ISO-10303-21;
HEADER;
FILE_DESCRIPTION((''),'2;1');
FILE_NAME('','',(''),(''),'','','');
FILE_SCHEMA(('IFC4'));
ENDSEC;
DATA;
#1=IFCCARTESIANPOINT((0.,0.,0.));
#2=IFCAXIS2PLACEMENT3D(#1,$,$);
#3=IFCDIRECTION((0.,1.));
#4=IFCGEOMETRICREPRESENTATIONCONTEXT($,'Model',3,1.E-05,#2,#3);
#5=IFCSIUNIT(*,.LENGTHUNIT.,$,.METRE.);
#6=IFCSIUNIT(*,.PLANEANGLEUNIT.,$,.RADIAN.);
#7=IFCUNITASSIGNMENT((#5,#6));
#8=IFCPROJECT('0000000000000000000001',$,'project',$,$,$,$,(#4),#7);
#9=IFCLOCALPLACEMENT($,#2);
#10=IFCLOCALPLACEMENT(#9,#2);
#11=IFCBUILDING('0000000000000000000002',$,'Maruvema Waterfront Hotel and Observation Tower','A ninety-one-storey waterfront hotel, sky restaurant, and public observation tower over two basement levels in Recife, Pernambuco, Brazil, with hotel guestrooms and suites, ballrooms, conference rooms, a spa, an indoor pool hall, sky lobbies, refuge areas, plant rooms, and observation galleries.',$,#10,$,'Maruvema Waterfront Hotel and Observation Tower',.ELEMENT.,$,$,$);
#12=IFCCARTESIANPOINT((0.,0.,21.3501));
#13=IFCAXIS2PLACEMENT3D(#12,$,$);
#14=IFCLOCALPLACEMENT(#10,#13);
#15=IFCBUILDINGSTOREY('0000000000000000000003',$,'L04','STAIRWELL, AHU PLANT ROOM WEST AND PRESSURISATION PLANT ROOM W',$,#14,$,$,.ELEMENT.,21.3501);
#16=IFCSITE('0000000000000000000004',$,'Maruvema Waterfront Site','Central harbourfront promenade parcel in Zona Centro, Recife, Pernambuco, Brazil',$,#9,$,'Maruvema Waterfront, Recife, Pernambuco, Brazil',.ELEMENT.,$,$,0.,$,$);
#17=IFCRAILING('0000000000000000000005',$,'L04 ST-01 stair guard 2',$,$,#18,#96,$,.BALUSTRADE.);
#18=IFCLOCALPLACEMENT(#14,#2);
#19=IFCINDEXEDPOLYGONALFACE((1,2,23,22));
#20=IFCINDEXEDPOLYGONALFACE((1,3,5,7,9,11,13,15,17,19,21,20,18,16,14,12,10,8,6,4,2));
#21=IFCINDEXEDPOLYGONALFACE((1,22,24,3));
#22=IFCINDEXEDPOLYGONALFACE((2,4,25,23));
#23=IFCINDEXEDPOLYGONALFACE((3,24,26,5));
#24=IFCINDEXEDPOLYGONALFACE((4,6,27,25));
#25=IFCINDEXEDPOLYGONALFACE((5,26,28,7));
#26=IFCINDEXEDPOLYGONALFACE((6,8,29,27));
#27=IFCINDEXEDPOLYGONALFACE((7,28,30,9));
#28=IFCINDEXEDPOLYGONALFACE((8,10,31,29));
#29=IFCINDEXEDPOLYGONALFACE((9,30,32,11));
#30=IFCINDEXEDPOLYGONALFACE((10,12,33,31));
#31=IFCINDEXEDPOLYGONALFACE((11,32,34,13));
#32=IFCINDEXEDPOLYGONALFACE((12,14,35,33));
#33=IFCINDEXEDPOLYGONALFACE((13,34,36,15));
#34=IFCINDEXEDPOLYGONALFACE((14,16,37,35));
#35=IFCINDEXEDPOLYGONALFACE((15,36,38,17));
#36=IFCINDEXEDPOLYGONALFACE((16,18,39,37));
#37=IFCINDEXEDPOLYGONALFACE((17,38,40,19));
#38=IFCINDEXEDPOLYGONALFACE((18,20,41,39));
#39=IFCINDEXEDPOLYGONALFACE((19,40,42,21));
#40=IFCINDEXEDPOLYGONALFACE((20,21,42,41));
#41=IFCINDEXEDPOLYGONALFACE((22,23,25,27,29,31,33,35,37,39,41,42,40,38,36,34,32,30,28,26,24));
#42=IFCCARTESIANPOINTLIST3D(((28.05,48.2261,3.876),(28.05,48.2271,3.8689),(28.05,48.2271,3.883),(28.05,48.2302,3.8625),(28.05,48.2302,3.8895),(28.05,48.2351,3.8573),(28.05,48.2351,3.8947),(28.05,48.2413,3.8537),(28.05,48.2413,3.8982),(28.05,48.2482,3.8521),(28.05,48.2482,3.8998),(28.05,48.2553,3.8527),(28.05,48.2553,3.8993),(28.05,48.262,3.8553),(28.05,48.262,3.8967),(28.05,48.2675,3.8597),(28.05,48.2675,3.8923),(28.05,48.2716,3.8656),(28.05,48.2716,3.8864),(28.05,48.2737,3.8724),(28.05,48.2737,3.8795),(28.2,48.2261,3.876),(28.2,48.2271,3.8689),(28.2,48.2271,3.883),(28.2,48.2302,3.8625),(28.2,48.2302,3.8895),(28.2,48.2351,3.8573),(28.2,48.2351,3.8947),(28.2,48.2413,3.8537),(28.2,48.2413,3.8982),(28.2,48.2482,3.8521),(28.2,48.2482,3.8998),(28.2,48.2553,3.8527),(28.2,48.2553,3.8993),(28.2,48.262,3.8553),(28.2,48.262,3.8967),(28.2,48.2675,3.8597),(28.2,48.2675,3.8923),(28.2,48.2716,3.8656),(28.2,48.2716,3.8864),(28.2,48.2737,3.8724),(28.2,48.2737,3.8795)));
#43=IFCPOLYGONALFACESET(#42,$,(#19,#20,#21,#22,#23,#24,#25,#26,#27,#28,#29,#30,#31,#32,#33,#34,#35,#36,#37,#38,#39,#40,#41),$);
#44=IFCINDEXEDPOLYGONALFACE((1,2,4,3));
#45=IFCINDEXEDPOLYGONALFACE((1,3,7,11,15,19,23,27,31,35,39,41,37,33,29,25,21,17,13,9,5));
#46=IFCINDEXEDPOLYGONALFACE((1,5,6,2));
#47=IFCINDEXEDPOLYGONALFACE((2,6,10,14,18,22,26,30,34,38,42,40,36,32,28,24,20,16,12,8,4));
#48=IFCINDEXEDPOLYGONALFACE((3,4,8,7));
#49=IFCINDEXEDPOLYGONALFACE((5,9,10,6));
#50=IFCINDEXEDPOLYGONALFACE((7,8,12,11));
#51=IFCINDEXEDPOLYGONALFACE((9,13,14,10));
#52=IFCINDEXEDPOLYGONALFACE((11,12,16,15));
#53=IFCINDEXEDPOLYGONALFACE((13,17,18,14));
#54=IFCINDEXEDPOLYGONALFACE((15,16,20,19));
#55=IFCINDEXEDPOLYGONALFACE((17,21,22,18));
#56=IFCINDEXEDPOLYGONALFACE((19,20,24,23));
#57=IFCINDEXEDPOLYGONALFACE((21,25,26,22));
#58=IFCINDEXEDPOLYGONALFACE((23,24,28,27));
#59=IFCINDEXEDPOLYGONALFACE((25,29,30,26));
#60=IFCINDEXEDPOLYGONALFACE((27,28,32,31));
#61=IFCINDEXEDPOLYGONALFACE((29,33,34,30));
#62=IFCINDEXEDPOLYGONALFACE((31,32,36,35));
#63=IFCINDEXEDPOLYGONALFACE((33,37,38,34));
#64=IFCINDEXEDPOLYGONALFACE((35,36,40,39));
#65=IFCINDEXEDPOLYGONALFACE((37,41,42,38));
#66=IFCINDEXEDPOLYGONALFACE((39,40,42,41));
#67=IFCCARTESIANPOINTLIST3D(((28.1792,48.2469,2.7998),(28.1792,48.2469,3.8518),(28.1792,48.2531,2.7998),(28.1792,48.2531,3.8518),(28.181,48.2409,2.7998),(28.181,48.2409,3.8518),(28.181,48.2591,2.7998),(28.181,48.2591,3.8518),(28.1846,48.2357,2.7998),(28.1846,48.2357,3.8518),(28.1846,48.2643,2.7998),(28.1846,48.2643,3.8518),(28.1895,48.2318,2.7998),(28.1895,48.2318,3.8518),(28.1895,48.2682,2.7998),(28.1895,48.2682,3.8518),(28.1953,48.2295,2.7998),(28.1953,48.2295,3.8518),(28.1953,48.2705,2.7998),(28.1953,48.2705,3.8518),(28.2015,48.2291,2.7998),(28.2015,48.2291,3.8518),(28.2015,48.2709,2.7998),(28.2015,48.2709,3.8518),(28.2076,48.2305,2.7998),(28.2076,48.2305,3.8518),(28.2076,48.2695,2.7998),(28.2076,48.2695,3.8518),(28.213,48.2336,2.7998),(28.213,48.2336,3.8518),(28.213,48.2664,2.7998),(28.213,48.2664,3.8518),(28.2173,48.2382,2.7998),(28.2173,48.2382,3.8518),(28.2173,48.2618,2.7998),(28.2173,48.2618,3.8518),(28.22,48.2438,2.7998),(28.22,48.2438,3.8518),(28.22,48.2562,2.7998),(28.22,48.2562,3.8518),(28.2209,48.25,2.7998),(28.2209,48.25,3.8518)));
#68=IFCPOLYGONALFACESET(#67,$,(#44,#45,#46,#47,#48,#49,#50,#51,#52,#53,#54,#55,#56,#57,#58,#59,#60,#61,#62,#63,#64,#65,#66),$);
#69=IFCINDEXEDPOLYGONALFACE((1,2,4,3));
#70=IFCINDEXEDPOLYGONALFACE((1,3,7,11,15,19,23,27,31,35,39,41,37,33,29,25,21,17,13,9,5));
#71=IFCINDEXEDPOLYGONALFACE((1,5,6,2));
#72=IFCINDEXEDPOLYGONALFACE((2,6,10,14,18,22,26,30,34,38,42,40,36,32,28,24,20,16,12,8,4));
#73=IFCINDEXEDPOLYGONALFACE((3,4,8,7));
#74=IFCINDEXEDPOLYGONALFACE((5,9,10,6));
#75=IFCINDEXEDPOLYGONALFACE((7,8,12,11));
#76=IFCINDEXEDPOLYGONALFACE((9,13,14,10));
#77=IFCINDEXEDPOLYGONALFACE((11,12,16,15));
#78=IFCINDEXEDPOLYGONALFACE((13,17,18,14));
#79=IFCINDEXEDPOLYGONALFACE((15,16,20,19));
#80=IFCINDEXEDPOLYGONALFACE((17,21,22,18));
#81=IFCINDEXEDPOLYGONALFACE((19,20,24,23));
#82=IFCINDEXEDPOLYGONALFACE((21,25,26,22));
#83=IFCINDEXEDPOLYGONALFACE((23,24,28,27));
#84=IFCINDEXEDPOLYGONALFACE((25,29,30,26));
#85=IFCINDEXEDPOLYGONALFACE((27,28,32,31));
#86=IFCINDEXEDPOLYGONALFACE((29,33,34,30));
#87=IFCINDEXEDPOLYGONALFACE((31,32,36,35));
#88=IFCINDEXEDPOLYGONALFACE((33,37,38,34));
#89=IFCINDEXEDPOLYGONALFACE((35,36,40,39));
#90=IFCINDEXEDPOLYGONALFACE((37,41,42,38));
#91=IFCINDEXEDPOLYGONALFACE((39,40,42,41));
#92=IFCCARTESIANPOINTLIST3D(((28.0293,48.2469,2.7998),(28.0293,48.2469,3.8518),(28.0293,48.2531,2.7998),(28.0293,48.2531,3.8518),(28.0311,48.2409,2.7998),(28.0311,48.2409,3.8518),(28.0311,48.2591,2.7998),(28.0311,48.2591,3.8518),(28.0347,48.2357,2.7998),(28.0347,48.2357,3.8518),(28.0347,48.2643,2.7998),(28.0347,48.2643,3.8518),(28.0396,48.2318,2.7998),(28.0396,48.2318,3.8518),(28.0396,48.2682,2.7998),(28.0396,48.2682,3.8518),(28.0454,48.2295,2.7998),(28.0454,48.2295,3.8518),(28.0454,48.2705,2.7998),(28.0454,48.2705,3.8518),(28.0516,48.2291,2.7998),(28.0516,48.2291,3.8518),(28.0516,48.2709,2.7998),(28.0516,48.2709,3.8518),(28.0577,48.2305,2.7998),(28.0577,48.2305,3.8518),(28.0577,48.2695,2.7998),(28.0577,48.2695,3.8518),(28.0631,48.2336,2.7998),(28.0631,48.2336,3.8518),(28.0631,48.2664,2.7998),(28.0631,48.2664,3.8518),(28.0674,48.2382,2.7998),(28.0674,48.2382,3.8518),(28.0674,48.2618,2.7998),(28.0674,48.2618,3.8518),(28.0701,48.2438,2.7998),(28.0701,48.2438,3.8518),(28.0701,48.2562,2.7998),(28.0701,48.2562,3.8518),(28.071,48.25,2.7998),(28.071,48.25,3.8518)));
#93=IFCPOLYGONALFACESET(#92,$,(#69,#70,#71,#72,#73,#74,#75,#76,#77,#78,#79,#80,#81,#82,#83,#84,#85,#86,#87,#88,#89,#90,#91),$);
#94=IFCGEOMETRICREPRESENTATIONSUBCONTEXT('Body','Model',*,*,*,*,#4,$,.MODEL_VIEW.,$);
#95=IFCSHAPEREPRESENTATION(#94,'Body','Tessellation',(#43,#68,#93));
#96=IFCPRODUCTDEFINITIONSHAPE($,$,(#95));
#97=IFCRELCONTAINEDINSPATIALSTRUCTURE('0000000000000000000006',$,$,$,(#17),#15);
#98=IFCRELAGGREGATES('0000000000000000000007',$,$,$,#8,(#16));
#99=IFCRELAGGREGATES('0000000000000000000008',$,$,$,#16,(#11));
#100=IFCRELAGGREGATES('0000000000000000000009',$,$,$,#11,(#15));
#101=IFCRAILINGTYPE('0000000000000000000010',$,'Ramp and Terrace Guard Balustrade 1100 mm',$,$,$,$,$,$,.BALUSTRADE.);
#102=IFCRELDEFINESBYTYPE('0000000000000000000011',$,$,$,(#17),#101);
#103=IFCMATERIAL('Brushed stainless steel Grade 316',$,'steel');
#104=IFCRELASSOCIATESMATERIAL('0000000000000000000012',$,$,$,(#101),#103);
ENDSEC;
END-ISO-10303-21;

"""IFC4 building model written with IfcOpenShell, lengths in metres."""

from ifc_helpers import new_model, si_unit, direction, frame, origin, origin_2d, place, context, subcontext, project, spatial, circle, extrude, material, type_object, element, save


model = new_model("IFC4")

# Units and contexts
model_context = context("Model", 3, precision=1e-05, world=origin(), true_north=direction((0.0, 1.0)))
body_context = subcontext(model_context, "Body", "Model", "MODEL_VIEW")
ifc_project = project(units=[si_unit("LENGTHUNIT", "METRE"), si_unit("PLANEANGLEUNIT", "RADIAN")], contexts=[model_context])

# Site, building, storey
site_placement = place(None, origin())
site = spatial("IfcSite", under=ifc_project, at=site_placement, Name="Maruvema Waterfront Site", Description="Central harbourfront promenade parcel in Zona Centro, Recife, Pernambuco, Brazil", LongName="Maruvema Waterfront, Recife, Pernambuco, Brazil", CompositionType="ELEMENT", RefElevation=0.0)
building_placement = place(site_placement, origin())
building = spatial("IfcBuilding", under=site, at=building_placement, Name="Maruvema Waterfront Hotel and Observation Tower", Description="A ninety-one-storey waterfront hotel, sky restaurant, and public observation tower over two basement levels in Recife, Pernambuco, Brazil, with hotel guestrooms and suites, ballrooms, conference rooms, a spa, an indoor pool hall, sky lobbies, refuge areas, plant rooms, and observation galleries.", LongName="Maruvema Waterfront Hotel and Observation Tower", CompositionType="ELEMENT")
storey_placement = place(building_placement, frame((0.0, 0.0, 21.3501)))
storey = spatial("IfcBuildingStorey", under=building, at=storey_placement, Name="L04", Description="STAIRWELL, AHU PLANT ROOM WEST AND PRESSURISATION PLANT ROOM W", CompositionType="ELEMENT", Elevation=21.3501)

# Railing
ifc_material_1 = material(Name="Brushed stainless steel Grade 316", Category="steel")
railing_type_1 = type_object("IfcRailingType", Name="Ramp and Terrace Guard Balustrade 1100 mm", PredefinedType="BALUSTRADE", material=ifc_material_1)
railing_1_placement = place(storey_placement, frame((28.2, 48.25, 2.7998)))
element("IfcRailing", 1, at=railing_1_placement, inside=storey, type_object=railing_type_1, Name="L04 ST-01 stair guard 2", PredefinedType="BALUSTRADE", context=body_context, shape_type="SweptSolid", body=[
    extrude(circle(Radius=0.0239, at=origin_2d()), frame((0.0, 0.0, 1.0762), z_axis=(-1.0, 0.0, 0.0), x_axis=(0.0, -1.0, 0.0)), (0.0, 0.0, 1.0), 0.1499),
    extrude(circle(Radius=0.021, at=origin_2d()), origin(), (0.0, 0.0, 1.0), 1.052),
    extrude(circle(Radius=0.021, at=origin_2d()), frame((-0.1499, 0.0, 0.0)), (0.0, 0.0, 1.0), 1.052),
])

save(model, "model.ifc")
